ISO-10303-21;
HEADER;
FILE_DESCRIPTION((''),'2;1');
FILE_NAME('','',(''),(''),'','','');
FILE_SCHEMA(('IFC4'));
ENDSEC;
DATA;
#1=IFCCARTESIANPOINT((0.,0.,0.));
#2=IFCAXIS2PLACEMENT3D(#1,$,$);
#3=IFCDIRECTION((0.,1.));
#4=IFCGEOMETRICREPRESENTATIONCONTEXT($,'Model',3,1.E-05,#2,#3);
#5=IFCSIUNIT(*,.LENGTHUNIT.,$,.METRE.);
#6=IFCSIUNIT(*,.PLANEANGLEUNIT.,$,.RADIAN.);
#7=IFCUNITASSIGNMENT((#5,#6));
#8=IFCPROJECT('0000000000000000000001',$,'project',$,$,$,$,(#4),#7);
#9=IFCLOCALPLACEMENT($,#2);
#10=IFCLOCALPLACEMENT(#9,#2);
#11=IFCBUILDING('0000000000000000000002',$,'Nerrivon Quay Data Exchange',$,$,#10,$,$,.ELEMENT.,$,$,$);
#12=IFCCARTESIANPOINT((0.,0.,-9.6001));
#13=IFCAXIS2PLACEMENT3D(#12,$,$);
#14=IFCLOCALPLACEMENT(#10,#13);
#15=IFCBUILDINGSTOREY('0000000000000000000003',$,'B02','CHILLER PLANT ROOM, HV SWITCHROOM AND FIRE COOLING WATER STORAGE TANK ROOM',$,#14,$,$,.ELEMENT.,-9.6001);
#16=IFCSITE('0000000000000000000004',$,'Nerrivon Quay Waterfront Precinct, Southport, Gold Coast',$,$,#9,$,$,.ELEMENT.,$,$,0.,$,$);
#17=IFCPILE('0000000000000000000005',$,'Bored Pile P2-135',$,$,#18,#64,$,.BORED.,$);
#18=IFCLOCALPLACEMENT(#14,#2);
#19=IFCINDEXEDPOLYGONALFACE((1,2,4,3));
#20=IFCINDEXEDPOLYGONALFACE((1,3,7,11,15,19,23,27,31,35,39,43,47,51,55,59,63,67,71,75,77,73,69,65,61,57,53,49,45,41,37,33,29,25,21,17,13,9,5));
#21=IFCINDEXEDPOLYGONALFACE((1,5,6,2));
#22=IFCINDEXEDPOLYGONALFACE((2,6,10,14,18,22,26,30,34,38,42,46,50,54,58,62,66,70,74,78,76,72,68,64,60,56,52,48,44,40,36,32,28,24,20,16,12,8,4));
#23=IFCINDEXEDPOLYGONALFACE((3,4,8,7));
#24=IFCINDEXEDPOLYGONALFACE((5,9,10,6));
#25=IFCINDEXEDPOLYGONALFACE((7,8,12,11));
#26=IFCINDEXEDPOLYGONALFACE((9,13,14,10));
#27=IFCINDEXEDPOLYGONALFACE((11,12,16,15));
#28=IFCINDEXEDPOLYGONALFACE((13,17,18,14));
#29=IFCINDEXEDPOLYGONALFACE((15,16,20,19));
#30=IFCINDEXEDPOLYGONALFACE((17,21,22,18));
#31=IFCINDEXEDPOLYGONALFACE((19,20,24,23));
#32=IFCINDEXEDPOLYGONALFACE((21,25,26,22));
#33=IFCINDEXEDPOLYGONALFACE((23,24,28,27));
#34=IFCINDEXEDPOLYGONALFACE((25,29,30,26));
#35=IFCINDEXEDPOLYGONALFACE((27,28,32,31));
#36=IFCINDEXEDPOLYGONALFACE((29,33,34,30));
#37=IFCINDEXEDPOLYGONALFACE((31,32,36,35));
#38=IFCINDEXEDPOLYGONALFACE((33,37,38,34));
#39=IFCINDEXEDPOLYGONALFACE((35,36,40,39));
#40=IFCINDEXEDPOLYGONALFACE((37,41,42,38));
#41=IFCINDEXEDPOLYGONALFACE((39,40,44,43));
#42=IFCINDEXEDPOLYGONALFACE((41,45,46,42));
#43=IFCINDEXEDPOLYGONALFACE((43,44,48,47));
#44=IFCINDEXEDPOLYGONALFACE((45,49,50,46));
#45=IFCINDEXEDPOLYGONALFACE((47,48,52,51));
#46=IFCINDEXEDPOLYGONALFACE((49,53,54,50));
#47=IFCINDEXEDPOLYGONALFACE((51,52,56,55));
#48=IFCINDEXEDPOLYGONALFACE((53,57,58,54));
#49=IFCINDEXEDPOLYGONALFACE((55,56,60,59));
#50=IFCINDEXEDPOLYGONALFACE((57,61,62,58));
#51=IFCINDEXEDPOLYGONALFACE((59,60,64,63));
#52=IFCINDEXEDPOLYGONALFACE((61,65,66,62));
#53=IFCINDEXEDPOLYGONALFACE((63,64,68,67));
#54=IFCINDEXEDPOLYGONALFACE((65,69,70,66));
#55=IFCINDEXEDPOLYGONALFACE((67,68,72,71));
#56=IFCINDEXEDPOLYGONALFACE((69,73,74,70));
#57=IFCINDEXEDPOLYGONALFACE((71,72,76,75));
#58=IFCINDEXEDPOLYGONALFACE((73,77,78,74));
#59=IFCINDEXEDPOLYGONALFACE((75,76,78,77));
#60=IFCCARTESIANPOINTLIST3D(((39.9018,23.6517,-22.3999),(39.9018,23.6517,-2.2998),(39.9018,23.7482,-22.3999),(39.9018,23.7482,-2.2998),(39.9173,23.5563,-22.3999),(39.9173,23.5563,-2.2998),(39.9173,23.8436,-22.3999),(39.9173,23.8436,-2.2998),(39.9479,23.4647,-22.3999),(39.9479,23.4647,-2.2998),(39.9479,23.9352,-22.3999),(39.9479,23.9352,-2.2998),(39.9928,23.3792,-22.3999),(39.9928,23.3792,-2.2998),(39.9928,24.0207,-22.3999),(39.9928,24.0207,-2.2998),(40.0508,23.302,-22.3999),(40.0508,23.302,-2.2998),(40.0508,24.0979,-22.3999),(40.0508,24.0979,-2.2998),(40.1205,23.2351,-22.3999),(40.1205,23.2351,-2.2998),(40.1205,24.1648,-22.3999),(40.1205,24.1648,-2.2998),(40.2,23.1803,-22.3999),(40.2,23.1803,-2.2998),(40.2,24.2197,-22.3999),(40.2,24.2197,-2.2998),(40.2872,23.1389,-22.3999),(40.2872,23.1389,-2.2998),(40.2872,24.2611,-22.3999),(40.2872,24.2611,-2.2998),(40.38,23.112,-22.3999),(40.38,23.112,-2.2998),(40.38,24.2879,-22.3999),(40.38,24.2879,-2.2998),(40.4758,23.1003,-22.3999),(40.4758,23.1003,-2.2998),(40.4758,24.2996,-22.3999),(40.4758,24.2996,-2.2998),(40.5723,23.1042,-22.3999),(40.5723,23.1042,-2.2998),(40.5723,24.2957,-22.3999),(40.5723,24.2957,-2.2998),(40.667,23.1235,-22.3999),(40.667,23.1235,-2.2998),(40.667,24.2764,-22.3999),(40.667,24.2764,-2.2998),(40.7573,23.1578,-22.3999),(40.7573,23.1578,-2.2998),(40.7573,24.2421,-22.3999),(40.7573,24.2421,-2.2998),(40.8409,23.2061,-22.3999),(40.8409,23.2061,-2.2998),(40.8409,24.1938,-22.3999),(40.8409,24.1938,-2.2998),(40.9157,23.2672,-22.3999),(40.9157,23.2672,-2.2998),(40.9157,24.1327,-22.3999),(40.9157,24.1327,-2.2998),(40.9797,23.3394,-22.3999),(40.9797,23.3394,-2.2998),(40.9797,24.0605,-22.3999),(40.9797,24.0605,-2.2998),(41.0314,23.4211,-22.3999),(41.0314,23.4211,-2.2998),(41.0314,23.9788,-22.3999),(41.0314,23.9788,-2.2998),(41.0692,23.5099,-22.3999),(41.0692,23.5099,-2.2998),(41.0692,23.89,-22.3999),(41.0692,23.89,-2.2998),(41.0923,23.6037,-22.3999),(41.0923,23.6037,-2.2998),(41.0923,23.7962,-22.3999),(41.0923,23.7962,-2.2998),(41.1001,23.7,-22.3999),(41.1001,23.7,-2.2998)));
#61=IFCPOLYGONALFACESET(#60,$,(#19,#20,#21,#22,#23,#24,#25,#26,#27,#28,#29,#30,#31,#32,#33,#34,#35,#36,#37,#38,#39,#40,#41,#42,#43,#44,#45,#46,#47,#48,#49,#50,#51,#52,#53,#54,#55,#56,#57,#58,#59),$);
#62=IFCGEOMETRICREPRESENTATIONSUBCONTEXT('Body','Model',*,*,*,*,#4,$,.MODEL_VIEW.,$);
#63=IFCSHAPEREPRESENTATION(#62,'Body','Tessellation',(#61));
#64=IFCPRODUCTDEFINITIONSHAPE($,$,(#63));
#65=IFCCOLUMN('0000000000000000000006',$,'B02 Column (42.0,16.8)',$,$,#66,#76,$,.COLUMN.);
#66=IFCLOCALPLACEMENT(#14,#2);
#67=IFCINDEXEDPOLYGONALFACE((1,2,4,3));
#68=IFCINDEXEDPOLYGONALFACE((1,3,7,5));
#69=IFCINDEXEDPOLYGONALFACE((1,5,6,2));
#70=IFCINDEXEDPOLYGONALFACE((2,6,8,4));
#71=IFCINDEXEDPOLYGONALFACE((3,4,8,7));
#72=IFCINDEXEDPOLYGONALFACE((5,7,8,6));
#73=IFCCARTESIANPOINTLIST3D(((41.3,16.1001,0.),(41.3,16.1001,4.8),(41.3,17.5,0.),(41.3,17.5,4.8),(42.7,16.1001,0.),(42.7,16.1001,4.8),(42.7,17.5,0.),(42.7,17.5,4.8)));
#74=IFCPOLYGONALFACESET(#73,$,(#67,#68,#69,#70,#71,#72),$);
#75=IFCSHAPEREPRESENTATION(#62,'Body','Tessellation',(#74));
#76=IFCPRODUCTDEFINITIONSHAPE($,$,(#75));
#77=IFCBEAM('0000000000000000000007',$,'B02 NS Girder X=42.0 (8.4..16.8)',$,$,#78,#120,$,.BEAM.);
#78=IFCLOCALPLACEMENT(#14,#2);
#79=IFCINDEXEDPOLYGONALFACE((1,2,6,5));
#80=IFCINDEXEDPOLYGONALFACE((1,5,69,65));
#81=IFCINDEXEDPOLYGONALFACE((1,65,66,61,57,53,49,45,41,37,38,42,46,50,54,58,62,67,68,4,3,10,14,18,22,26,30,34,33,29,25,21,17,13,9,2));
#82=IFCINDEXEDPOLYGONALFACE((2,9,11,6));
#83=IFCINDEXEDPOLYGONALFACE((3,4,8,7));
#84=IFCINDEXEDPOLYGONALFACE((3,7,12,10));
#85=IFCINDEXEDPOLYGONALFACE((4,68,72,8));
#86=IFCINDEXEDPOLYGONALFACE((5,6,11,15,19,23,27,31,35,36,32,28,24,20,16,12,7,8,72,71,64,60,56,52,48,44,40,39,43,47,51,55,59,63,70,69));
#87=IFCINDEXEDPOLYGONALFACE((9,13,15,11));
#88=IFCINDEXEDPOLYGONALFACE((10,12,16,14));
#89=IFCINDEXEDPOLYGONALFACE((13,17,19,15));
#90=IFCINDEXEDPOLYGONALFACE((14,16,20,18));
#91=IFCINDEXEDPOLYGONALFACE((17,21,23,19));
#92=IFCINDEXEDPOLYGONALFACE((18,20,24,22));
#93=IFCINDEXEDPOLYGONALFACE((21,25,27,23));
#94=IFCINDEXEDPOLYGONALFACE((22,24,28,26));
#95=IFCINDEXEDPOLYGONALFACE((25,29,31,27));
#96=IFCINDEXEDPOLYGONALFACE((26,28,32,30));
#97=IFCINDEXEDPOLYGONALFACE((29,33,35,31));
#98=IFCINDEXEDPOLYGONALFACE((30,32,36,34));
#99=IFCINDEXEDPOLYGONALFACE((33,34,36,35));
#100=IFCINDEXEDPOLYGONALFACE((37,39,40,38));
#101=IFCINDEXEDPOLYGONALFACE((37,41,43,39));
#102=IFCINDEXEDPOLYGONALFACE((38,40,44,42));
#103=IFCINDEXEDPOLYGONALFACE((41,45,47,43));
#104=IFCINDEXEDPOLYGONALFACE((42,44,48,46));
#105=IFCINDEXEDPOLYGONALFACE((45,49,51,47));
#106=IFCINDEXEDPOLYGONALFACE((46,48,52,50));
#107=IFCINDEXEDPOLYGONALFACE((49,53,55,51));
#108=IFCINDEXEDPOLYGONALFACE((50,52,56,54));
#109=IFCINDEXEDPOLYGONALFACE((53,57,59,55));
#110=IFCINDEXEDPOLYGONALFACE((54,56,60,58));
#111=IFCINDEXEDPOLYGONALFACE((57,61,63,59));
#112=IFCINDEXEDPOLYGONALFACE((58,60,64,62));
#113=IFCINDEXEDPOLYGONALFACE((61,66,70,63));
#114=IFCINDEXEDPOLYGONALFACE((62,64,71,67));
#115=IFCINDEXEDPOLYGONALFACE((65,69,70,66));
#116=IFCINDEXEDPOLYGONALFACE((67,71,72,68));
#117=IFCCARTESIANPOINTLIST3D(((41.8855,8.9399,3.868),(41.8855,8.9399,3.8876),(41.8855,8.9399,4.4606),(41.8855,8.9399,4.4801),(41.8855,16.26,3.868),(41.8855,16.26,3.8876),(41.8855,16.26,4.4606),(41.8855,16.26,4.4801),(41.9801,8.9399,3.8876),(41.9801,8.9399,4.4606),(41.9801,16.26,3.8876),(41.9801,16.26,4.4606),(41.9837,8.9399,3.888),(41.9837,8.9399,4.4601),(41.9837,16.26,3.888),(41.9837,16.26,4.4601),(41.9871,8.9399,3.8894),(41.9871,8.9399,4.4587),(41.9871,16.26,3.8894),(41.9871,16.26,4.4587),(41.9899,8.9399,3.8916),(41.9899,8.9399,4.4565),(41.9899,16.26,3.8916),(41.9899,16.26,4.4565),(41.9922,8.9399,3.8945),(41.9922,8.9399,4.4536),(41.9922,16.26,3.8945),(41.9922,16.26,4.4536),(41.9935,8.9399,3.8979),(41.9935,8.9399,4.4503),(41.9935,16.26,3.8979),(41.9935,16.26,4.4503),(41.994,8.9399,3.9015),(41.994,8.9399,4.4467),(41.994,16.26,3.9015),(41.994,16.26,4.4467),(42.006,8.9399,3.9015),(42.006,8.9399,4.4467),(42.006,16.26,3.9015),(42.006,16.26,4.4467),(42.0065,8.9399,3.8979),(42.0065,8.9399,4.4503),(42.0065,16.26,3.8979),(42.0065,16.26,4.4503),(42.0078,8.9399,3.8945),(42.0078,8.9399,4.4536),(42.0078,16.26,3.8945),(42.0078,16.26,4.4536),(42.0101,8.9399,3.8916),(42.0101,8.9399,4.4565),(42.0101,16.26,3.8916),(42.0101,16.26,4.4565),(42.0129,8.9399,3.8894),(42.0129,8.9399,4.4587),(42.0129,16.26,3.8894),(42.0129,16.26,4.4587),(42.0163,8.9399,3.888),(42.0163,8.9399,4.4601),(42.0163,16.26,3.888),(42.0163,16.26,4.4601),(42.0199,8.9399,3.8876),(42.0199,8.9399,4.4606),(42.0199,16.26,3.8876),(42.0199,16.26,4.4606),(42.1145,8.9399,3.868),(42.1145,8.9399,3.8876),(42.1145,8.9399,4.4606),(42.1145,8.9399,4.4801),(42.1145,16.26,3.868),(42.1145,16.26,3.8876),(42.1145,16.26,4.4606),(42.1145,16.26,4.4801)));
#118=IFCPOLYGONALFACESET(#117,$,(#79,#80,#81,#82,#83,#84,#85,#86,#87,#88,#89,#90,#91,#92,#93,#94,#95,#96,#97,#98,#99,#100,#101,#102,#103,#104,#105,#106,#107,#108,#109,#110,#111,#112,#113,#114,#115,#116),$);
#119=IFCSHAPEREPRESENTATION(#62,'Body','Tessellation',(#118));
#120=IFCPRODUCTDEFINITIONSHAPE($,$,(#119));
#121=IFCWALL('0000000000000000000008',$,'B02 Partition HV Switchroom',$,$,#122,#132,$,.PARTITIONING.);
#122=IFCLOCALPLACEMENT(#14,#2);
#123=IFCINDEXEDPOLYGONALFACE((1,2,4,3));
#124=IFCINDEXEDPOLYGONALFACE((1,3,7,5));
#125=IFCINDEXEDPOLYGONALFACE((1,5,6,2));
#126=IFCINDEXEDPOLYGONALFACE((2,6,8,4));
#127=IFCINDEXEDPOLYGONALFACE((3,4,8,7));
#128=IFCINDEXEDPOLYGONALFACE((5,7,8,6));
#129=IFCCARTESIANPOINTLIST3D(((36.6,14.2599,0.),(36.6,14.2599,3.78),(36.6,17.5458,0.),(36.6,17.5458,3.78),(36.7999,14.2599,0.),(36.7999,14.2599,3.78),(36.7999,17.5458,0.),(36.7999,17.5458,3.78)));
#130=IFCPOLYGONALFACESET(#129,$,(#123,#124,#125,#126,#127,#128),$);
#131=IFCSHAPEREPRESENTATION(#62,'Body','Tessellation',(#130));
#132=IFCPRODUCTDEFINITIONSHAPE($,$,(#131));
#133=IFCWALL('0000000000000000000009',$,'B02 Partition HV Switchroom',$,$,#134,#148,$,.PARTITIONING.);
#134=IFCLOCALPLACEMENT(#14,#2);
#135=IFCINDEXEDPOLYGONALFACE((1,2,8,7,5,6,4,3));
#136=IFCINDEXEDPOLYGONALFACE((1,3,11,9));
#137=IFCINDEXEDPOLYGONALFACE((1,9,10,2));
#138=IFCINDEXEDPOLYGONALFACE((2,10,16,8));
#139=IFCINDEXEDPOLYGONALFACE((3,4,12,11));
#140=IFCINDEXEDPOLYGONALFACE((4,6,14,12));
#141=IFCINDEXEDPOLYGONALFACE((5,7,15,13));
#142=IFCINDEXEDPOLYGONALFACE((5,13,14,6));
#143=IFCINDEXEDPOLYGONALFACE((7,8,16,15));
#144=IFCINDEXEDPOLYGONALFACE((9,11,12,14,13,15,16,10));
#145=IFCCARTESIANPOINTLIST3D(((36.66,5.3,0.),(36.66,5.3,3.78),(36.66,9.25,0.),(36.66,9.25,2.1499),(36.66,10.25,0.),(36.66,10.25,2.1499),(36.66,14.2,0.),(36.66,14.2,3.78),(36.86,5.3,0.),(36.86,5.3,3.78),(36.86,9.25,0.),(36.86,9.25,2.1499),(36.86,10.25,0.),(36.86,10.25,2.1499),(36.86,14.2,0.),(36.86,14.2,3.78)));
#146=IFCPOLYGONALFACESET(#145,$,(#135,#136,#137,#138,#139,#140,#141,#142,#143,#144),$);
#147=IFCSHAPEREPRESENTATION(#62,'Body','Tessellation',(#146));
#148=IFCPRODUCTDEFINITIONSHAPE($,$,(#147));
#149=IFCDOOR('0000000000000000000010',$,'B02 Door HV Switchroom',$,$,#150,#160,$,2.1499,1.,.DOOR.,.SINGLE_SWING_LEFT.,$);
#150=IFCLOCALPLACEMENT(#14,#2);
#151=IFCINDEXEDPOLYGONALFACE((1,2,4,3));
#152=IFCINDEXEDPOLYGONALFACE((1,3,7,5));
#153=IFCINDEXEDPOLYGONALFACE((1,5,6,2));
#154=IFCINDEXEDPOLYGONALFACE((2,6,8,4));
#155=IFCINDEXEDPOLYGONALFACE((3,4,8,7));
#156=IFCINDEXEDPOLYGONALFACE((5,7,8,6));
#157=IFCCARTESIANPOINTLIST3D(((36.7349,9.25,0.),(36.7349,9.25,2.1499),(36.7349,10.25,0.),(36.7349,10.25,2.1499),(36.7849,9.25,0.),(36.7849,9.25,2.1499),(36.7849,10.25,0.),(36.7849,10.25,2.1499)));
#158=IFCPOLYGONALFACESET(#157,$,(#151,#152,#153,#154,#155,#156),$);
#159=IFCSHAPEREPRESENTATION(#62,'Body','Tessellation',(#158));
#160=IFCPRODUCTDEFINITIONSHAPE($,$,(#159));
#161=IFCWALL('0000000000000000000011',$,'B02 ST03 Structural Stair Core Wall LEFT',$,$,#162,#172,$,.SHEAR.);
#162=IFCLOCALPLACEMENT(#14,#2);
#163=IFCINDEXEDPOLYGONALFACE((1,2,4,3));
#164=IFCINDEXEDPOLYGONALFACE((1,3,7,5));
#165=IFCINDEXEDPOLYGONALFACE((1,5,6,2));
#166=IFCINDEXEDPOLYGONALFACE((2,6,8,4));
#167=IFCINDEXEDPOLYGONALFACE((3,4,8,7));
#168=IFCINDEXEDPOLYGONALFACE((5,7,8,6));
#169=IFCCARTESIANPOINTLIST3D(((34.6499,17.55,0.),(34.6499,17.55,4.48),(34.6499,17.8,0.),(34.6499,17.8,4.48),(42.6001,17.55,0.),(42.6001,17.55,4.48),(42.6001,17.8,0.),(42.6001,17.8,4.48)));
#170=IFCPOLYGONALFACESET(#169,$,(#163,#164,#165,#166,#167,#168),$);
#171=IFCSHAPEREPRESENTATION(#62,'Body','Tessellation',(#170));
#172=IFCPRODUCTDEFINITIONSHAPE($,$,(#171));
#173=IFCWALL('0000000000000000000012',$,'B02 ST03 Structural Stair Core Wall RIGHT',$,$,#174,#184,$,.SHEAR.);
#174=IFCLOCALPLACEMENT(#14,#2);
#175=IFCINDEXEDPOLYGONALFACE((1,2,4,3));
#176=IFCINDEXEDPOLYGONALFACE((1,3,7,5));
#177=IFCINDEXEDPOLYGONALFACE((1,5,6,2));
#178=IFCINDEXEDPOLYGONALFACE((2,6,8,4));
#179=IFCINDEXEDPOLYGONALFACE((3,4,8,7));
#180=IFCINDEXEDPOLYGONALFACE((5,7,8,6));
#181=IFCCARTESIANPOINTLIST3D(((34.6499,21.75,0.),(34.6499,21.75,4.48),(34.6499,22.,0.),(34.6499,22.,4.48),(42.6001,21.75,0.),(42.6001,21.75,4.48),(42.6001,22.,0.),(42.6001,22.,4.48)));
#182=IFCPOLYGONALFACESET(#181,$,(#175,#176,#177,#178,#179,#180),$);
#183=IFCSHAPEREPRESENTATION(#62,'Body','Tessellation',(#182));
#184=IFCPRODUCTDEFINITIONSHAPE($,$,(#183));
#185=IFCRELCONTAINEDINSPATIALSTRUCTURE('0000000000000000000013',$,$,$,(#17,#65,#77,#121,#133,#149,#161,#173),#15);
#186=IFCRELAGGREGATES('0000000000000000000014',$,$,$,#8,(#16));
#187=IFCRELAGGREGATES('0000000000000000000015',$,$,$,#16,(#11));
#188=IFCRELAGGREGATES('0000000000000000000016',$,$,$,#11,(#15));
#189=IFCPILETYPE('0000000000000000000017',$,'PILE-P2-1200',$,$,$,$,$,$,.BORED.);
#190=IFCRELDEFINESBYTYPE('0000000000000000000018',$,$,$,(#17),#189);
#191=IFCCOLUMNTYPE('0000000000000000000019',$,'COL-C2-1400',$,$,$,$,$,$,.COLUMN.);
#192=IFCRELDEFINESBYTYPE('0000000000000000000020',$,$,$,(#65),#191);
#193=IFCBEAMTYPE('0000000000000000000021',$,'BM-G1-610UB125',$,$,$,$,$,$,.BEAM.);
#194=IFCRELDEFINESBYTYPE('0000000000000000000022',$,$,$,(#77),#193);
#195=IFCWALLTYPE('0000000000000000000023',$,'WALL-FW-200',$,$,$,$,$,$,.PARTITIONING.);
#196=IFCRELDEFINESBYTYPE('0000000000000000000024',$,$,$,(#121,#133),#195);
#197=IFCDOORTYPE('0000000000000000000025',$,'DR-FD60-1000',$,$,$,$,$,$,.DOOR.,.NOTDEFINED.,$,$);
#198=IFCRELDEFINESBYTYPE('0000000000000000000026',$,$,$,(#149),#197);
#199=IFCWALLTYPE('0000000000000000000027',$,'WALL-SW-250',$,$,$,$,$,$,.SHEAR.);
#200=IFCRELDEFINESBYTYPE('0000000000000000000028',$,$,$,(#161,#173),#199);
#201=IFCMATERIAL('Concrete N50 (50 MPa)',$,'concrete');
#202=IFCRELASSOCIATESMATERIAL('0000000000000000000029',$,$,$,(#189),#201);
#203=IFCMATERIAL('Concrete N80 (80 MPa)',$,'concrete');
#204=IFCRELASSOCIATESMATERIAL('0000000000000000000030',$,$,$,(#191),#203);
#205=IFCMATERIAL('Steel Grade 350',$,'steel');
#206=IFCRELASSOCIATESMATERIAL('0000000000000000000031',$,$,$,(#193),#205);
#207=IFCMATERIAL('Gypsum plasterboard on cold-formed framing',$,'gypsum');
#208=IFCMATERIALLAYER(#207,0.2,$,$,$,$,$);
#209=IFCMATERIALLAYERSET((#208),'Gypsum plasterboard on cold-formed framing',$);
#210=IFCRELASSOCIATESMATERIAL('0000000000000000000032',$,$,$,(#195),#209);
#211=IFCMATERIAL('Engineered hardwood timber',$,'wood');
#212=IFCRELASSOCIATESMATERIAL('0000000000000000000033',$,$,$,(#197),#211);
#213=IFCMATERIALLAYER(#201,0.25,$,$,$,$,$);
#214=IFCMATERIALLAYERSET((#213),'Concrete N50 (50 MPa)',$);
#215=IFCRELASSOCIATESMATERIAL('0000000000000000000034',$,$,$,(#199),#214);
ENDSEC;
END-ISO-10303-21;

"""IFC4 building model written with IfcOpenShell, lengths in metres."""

from ifc_helpers import new_model, si_unit, direction, frame, frame_2d, origin, origin_2d, place, context, subcontext, project, spatial, rectangle, circle, i_section, extrude, material, layer, layer_set, material_profile, profile_set, type_object, element, fill, save


model = new_model("IFC4")

# Units and contexts
model_context = context("Model", 3, precision=1e-05, world=origin(), true_north=direction((0.0, 1.0)))
body_context = subcontext(model_context, "Body", "Model", "MODEL_VIEW")
ifc_project = project(units=[si_unit("LENGTHUNIT", "METRE"), si_unit("PLANEANGLEUNIT", "RADIAN")], contexts=[model_context])

# Site, building, storey
site_placement = place(None, origin())
site = spatial("IfcSite", under=ifc_project, at=site_placement, Name="Nerrivon Quay Waterfront Precinct, Southport, Gold Coast", CompositionType="ELEMENT", RefElevation=0.0)
building_placement = place(site_placement, origin())
building = spatial("IfcBuilding", under=site, at=building_placement, Name="Nerrivon Quay Data Exchange", CompositionType="ELEMENT")
storey_placement = place(building_placement, frame((0.0, 0.0, -9.6001)))
storey = spatial("IfcBuildingStorey", under=building, at=storey_placement, Name="B02", Description="CHILLER PLANT ROOM, HV SWITCHROOM AND FIRE COOLING WATER STORAGE TANK ROOM", CompositionType="ELEMENT", Elevation=-9.6001)

# Pile
ifc_material_1 = material(Name="Concrete N50 (50 MPa)", Category="concrete")
ifc_material_profile_1 = material_profile(ifc_material_1, circle(Radius=0.6001, at=origin_2d()), Name="PILE-1200")
ifc_profile_set_1 = profile_set([ifc_material_profile_1], Name="Concrete N50 (50 MPa)")
pile_type = type_object("IfcPileType", Name="PILE-P2-1200", PredefinedType="BORED", material=ifc_profile_set_1)
for number, where, z_axis, x_axis, name in (
    (1, (40.5, 23.7, -2.2998), (0.0, 0.0, -1.0), (1.0, 0.0, 0.0), "Bored Pile P2-135"),
):
    element("IfcPile", number, at=place(storey_placement, frame(where, z_axis=z_axis, x_axis=x_axis)), inside=storey, type_object=pile_type, Name=name, PredefinedType="BORED", context=body_context, shape_type="SweptSolid", body=[
        extrude(circle(Radius=0.6001, at=origin_2d()), origin(), (0.0, 0.0, 1.0), 20.1001),
    ])

# Column
ifc_material_2 = material(Name="Concrete N80 (80 MPa)", Category="concrete")
ifc_material_profile_2 = material_profile(ifc_material_2, rectangle(XDim=1.3999, YDim=1.3999, at=origin_2d()), Name="RC-COL-1400x1400")
ifc_profile_set_2 = profile_set([ifc_material_profile_2], Name="Concrete N80 (80 MPa)")
column_type = type_object("IfcColumnType", Name="COL-C2-1400", PredefinedType="COLUMN", material=ifc_profile_set_2)
column_placement = place(storey_placement, frame((42.0, 16.8, 0.0), z_axis=(0.0, 0.0, 1.0), x_axis=(1.0, 0.0, 0.0)))
element("IfcColumn", 2, at=column_placement, inside=storey, type_object=column_type, Name="B02 Column (42.0,16.8)", PredefinedType="COLUMN", context=body_context, shape_type="SweptSolid", body=[
    extrude(rectangle(XDim=1.3999, YDim=1.3999, at=origin_2d()), origin(), (0.0, 0.0, 1.0), 4.8),
])

# Beam
ifc_material_3 = material(Name="Steel Grade 350", Category="steel")
ifc_material_profile_3 = material_profile(ifc_material_3, i_section(OverallWidth=0.229, OverallDepth=0.6121, WebThickness=0.012, FlangeThickness=0.0195, FilletRadius=0.0139, at=origin_2d()), Name="610UB125")
ifc_profile_set_3 = profile_set([ifc_material_profile_3], Name="Steel Grade 350")
beam_type = type_object("IfcBeamType", Name="BM-G1-610UB125", PredefinedType="BEAM", material=ifc_profile_set_3)
beam_placement = place(storey_placement, frame((42.0, 8.9399, 4.1741), z_axis=(0.0, 1.0, 0.0), x_axis=(-1.0, 0.0, 0.0)))
element("IfcBeam", 3, at=beam_placement, inside=storey, type_object=beam_type, Name="B02 NS Girder X=42.0 (8.4..16.8)", PredefinedType="BEAM", context=body_context, shape_type="SweptSolid", body=[
    extrude(i_section(OverallWidth=0.229, OverallDepth=0.6121, WebThickness=0.012, FlangeThickness=0.0195, FilletRadius=0.0139, at=origin_2d()), origin(), (0.0, 0.0, 1.0), 7.3201),
])

# Wall
ifc_material_4 = material(Name="Gypsum plasterboard on cold-formed framing", Category="gypsum")
ifc_layer_1 = layer(ifc_material_4, 0.2)
ifc_layer_set_1 = layer_set([ifc_layer_1], Name="Gypsum plasterboard on cold-formed framing")
wall_type_1 = type_object("IfcWallType", Name="WALL-FW-200", PredefinedType="PARTITIONING", material=ifc_layer_set_1)
wall_1_placement = place(storey_placement, frame((36.7, 17.5459, 0.0), z_axis=(0.0, 0.0, 1.0), x_axis=(0.0, -1.0, 0.0)))
element("IfcWall", 4, at=wall_1_placement, inside=storey, type_object=wall_type_1, Name="B02 Partition HV Switchroom", PredefinedType="PARTITIONING", context=body_context, shape_type="SweptSolid", body=[
    extrude(rectangle(XDim=3.2859, YDim=0.2, at=frame_2d((1.6431, 0.0))), origin(), (0.0, 0.0, 1.0), 3.78),
])

# Wall, opening, door
wall_2_placement = place(storey_placement, frame((36.76, 14.2, 0.0), z_axis=(0.0, 0.0, 1.0), x_axis=(0.0, -1.0, 0.0)))
wall_2 = element("IfcWall", 5, at=wall_2_placement, inside=storey, type_object=wall_type_1, Name="B02 Partition HV Switchroom", PredefinedType="PARTITIONING", context=body_context, shape_type="SweptSolid", body=[
    extrude(rectangle(XDim=8.8999, YDim=0.2, at=frame_2d((4.45, 0.0))), origin(), (0.0, 0.0, 1.0), 3.78),
])
opening_placement = place(wall_2_placement, frame((3.95, 0.0, 0.0)))
opening = element("IfcOpeningElement", 6, at=opening_placement, cuts=wall_2, PredefinedType="OPENING", context=body_context, shape_type="SweptSolid", body=[
    extrude(rectangle(XDim=1.0, YDim=2.1499, at=frame_2d((0.5, 1.075))), frame((0.0, 0.1099, 0.0), z_axis=(0.0, -1.0, 0.0), x_axis=(1.0, 0.0, 0.0)), (0.0, 0.0, 1.0), 0.22),
])
ifc_material_5 = material(Name="Engineered hardwood timber", Category="wood")
door_type = type_object("IfcDoorType", Name="DR-FD60-1000", OperationType="NOTDEFINED", PredefinedType="DOOR", material=ifc_material_5)
door_placement = place(opening_placement, origin())
door = element("IfcDoor", 7, at=door_placement, inside=storey, type_object=door_type, Name="B02 Door HV Switchroom", OperationType="SINGLE_SWING_LEFT", OverallHeight=2.1499, OverallWidth=1.0, PredefinedType="DOOR", context=body_context, shape_type="SweptSolid", body=[
    extrude(rectangle(XDim=1.0, YDim=2.1499, at=frame_2d((0.5, 1.075))), frame((0.0, 0.0249, 0.0), z_axis=(0.0, -1.0, 0.0), x_axis=(1.0, 0.0, 0.0)), (0.0, 0.0, 1.0), 0.05),
])
fill(opening, door)

# Walls
ifc_layer_2 = layer(ifc_material_1, 0.25)
ifc_layer_set_2 = layer_set([ifc_layer_2], Name="Concrete N50 (50 MPa)")
wall_type_2 = type_object("IfcWallType", Name="WALL-SW-250", PredefinedType="SHEAR", material=ifc_layer_set_2)
for number, where, z_axis, x_axis, name in (
    (8, (34.6499, 17.675, 0.0), (0.0, 0.0, 1.0), (1.0, 0.0, 0.0), "B02 ST03 Structural Stair Core Wall LEFT"),
    (9, (34.6499, 21.875, 0.0), (0.0, 0.0, 1.0), (1.0, 0.0, 0.0), "B02 ST03 Structural Stair Core Wall RIGHT"),
):
    element("IfcWall", number, at=place(storey_placement, frame(where, z_axis=z_axis, x_axis=x_axis)), inside=storey, type_object=wall_type_2, Name=name, PredefinedType="SHEAR", context=body_context, shape_type="SweptSolid", body=[
        extrude(rectangle(XDim=7.9502, YDim=0.25, at=frame_2d((3.9751, 0.0))), origin(), (0.0, 0.0, 1.0), 4.48),
    ])

save(model, "model.ifc")
